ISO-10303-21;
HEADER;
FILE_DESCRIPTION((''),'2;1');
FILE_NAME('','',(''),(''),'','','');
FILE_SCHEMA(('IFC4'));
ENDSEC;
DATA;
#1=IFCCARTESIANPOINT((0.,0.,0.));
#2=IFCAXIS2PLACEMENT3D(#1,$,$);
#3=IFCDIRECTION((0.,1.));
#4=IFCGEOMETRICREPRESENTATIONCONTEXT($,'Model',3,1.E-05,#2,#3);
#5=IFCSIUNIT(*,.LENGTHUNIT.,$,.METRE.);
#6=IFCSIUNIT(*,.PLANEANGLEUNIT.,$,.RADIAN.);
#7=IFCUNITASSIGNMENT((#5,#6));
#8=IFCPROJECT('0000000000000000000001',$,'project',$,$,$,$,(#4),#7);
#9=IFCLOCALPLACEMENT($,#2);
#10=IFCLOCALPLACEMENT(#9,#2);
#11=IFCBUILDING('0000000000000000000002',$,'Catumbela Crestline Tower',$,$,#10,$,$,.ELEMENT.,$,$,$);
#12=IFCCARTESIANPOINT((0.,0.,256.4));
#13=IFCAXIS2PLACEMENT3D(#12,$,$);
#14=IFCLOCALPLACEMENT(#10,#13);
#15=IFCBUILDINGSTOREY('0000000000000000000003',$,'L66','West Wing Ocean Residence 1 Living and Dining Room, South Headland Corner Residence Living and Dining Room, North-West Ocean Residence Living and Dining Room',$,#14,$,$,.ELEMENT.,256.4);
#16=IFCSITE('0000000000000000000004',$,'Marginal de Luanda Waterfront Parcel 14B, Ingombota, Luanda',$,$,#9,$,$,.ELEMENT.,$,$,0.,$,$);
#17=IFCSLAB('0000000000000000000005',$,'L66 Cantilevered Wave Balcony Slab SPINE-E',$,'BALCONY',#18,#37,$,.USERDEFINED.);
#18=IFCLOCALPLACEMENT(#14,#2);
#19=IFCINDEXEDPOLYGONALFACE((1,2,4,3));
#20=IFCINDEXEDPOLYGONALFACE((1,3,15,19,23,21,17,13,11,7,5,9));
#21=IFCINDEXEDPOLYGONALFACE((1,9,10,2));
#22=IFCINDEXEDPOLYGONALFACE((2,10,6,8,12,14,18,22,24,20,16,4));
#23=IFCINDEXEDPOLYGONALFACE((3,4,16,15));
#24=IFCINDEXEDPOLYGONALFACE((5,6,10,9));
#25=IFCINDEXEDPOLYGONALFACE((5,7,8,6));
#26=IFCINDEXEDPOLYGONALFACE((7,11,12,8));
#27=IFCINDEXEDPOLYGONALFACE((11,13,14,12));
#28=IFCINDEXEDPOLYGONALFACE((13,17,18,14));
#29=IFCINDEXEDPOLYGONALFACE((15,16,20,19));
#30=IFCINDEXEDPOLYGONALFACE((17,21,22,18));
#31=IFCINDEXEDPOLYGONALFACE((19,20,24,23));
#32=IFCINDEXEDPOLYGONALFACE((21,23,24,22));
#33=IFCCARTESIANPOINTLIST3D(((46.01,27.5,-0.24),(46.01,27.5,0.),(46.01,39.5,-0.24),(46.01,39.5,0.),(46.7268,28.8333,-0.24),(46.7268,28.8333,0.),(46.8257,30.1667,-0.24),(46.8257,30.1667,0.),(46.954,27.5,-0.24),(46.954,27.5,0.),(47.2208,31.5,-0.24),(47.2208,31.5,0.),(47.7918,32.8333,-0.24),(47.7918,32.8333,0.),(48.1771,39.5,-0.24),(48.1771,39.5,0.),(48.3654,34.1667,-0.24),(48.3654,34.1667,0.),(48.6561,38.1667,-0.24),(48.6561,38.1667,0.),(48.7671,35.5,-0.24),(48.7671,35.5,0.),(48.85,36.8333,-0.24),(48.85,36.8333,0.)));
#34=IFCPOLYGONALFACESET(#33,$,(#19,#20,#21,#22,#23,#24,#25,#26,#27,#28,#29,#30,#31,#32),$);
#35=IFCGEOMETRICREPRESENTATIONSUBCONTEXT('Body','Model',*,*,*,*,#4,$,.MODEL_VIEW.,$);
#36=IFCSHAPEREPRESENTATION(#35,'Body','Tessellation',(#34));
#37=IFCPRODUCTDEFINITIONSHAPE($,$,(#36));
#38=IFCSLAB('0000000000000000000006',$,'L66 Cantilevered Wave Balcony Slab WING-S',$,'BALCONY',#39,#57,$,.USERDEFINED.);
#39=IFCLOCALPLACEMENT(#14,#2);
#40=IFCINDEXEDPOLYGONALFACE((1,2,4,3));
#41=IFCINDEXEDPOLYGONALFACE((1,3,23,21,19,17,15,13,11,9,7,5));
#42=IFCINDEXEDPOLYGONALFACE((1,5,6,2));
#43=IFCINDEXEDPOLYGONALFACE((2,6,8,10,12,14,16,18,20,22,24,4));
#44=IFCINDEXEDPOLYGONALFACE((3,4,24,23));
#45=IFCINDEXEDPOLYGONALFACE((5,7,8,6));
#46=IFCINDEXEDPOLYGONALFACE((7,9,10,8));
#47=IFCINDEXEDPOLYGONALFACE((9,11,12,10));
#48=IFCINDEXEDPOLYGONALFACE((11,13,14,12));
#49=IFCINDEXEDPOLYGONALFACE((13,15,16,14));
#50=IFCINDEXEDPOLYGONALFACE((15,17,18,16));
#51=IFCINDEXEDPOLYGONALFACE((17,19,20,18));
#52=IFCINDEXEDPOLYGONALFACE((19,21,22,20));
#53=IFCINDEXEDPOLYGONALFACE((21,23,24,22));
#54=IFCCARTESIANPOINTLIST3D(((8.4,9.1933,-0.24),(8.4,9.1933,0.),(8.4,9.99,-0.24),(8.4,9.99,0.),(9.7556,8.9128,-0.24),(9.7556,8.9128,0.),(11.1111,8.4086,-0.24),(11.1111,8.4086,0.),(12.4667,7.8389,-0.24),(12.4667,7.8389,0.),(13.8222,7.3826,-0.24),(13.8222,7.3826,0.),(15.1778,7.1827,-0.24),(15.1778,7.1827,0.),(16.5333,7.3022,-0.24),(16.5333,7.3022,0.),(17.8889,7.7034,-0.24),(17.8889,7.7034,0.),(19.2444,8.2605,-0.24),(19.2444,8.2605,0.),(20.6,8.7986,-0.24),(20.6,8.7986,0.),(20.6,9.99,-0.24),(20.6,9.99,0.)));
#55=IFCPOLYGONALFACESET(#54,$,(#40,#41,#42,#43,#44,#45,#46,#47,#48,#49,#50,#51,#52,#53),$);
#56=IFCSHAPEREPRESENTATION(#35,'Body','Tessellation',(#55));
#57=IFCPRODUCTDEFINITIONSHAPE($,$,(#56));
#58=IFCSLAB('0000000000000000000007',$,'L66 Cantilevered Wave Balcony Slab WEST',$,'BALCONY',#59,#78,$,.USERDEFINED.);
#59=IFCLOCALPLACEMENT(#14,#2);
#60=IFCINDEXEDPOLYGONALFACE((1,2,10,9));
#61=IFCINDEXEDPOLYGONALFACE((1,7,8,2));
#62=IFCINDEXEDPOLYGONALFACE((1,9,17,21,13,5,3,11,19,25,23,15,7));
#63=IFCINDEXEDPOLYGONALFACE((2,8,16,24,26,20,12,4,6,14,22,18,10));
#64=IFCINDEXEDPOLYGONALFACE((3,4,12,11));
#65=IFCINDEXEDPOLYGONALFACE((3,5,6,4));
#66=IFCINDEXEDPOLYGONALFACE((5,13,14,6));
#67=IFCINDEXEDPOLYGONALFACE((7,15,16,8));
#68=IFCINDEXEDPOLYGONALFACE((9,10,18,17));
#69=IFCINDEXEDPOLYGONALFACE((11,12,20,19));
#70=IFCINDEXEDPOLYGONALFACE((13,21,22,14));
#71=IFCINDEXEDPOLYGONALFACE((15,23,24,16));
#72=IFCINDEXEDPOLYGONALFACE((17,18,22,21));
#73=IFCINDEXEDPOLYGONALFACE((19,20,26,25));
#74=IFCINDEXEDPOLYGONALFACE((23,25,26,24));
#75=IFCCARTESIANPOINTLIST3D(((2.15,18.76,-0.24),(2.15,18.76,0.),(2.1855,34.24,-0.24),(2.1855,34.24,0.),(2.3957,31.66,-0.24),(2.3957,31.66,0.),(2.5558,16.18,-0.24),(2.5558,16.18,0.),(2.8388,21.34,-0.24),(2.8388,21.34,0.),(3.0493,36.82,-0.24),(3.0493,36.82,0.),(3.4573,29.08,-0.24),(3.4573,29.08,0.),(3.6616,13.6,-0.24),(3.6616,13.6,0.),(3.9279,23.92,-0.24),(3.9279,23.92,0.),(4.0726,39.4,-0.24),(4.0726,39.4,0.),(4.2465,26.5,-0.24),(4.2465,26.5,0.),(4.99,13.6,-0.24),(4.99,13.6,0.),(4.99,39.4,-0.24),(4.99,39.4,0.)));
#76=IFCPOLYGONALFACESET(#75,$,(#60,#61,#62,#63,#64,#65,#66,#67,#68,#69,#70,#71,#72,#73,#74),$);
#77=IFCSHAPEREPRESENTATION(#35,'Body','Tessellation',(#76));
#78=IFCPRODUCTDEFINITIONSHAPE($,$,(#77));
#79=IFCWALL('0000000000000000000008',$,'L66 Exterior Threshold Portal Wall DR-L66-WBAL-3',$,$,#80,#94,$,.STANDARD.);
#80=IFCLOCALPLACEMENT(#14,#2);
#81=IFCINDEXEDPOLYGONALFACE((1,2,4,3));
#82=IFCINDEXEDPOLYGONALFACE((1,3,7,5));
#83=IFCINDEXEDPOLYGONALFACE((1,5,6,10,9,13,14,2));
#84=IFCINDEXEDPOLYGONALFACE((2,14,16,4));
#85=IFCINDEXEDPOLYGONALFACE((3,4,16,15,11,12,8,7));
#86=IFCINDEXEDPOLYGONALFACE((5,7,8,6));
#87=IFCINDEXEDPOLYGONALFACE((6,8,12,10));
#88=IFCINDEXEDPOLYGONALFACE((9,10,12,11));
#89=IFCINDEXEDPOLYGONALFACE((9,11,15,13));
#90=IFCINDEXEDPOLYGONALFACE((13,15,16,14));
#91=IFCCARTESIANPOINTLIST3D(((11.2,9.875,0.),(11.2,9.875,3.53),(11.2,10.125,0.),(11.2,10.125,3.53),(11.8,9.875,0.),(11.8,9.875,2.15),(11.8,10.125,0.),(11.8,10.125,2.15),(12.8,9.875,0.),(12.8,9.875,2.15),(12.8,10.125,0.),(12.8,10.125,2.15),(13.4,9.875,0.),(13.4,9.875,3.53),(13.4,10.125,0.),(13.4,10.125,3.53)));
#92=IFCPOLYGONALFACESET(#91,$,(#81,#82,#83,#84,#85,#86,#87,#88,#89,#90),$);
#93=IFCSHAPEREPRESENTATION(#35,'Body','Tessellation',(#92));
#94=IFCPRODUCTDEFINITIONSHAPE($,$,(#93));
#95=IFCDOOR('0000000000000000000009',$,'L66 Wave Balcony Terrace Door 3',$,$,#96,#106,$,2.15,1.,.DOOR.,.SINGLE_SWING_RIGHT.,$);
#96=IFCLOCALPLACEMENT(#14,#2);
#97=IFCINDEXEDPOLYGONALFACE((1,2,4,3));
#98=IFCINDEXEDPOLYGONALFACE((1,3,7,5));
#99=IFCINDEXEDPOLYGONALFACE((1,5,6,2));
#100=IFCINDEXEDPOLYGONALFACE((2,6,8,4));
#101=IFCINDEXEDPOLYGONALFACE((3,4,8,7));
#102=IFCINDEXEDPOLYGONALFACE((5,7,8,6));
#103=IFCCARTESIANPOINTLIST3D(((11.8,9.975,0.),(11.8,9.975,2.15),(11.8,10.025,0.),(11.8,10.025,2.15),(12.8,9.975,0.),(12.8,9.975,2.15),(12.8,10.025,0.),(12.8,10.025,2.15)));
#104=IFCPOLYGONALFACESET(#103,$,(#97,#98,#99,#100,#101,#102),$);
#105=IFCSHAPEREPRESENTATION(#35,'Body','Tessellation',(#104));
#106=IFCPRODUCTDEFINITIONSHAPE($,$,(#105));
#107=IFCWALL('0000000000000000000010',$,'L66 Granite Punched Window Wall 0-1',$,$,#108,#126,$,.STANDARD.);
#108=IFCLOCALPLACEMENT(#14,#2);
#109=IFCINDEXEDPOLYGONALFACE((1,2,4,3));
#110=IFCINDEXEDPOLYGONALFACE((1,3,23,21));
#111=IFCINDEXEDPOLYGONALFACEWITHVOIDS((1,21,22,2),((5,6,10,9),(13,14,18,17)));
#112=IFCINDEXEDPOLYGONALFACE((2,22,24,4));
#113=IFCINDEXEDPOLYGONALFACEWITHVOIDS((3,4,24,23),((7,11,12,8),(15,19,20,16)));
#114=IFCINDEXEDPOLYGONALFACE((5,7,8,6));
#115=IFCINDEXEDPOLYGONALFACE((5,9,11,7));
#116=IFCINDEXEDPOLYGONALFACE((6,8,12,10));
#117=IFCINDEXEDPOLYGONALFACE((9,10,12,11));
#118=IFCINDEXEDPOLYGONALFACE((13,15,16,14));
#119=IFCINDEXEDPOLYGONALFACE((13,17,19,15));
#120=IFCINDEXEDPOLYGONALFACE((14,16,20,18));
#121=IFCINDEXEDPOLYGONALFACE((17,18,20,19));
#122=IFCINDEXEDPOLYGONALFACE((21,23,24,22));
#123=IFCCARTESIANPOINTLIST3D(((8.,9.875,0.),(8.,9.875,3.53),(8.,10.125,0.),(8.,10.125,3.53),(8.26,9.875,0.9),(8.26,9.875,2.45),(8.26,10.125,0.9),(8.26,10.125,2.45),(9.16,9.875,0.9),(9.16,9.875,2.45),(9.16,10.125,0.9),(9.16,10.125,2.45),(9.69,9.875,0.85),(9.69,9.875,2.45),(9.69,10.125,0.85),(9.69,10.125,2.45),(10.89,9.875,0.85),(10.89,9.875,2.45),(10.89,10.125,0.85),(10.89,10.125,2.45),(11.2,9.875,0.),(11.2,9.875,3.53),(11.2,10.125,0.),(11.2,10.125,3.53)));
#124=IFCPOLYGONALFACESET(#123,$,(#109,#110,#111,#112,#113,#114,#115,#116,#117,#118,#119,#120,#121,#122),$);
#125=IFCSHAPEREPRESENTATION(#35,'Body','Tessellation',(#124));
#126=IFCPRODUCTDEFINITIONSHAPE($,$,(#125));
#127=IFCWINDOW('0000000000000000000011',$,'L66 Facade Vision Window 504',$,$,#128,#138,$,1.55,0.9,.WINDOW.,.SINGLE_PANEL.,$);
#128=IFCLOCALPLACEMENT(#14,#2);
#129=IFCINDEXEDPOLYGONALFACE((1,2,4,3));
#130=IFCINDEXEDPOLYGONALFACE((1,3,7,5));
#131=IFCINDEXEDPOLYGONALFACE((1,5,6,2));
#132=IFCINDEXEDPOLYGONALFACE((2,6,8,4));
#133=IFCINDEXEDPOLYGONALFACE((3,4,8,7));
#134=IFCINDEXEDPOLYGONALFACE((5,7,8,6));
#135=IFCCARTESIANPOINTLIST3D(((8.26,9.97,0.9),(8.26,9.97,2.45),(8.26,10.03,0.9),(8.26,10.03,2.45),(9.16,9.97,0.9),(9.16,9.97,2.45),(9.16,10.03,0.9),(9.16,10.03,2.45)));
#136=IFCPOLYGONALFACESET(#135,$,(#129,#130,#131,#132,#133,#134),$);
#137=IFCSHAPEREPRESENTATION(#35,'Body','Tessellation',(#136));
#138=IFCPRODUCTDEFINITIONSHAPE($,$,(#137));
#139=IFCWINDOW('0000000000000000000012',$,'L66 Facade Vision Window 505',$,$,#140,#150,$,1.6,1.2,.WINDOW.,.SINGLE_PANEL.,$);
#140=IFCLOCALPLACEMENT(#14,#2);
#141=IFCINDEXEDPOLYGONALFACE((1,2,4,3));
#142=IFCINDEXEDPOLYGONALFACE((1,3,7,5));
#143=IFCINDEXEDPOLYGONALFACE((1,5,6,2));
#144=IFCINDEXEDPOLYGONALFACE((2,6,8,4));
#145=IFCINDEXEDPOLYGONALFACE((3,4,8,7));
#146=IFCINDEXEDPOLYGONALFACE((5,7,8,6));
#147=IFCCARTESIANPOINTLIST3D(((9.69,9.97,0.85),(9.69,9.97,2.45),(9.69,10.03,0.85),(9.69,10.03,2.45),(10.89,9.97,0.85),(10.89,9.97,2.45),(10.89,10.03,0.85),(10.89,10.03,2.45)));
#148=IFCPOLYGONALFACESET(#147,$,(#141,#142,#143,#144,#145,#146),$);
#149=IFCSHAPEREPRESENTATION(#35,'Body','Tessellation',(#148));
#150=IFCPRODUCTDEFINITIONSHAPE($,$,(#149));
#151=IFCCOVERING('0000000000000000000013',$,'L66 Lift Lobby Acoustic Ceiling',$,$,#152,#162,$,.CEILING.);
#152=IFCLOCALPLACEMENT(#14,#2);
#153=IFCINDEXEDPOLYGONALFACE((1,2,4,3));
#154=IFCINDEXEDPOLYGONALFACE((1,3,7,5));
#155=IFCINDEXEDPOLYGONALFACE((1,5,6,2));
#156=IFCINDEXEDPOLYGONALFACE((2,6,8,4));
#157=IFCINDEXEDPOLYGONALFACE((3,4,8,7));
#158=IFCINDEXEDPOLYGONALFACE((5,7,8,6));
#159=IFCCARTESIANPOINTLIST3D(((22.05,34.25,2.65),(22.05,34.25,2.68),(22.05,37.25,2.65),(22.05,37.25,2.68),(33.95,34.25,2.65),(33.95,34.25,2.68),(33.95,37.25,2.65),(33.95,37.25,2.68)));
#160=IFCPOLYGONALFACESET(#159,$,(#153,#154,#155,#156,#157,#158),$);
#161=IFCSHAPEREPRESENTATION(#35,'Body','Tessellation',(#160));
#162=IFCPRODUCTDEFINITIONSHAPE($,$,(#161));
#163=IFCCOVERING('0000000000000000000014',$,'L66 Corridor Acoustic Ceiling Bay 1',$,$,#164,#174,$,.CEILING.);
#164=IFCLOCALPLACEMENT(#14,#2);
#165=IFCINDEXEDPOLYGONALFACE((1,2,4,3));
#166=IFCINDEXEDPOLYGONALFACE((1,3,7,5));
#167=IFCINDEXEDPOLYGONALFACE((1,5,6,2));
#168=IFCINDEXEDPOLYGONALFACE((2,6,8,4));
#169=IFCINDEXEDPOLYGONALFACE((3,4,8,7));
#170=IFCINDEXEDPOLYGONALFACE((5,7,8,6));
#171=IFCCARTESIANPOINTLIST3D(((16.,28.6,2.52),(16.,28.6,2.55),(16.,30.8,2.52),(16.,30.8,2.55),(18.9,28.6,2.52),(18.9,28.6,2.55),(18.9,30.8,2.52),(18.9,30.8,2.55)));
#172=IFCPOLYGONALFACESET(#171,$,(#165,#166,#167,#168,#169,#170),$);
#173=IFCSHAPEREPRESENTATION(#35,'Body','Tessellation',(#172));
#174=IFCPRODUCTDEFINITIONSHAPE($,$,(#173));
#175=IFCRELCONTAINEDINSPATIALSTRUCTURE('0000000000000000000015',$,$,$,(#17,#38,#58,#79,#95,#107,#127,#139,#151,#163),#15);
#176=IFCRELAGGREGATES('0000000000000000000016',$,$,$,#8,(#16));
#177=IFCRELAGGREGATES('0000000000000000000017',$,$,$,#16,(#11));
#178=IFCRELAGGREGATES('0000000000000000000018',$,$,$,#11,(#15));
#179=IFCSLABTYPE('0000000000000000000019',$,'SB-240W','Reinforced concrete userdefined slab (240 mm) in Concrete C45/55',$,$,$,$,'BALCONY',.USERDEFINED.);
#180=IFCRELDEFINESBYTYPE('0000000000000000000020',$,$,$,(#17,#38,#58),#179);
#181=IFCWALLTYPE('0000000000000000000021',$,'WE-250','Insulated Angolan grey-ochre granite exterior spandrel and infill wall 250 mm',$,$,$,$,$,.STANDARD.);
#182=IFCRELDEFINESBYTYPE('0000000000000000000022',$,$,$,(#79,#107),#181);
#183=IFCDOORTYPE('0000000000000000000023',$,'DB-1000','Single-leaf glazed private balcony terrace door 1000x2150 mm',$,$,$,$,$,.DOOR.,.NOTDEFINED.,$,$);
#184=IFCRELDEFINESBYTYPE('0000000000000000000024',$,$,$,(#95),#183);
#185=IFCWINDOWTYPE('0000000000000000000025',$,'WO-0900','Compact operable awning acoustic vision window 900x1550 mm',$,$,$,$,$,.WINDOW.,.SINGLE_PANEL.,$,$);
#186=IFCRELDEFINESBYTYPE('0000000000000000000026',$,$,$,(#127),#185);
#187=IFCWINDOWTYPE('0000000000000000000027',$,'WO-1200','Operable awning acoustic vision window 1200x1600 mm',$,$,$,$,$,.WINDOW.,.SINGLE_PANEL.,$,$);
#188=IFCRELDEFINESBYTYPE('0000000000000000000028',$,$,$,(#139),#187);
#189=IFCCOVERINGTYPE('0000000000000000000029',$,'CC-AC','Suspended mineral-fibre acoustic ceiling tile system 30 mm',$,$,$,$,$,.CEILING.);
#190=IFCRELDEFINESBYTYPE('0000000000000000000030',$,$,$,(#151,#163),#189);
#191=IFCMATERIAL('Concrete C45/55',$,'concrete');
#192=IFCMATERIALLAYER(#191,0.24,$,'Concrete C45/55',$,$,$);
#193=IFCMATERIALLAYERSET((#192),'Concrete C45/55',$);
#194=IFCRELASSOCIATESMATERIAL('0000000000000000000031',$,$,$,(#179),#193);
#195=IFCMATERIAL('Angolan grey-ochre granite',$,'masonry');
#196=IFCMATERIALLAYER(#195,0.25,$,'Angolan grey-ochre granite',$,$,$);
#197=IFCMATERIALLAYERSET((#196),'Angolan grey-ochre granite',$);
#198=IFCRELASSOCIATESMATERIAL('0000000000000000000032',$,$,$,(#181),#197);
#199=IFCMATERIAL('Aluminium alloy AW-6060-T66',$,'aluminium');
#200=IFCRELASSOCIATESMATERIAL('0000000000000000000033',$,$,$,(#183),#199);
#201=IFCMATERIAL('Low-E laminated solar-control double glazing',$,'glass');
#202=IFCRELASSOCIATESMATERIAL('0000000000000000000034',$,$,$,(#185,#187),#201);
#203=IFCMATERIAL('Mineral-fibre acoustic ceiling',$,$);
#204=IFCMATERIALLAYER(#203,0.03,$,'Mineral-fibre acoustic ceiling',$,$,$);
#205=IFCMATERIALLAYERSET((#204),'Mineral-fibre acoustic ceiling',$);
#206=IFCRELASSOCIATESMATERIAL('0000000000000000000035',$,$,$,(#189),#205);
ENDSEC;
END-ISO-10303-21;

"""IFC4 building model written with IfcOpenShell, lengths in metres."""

from ifc_helpers import new_model, si_unit, direction, frame, frame_2d, origin, place, context, subcontext, project, spatial, polyline, rectangle, outline, extrude, material, layer, layer_set, type_object, element, fill, save


model = new_model("IFC4")

# Units and contexts
model_context = context("Model", 3, precision=1e-05, world=origin(), true_north=direction((0.0, 1.0)))
body_context = subcontext(model_context, "Body", "Model", "MODEL_VIEW")
ifc_project = project(units=[si_unit("LENGTHUNIT", "METRE"), si_unit("PLANEANGLEUNIT", "RADIAN")], contexts=[model_context])

# Site, building, storey
site_placement = place(None, origin())
site = spatial("IfcSite", under=ifc_project, at=site_placement, Name="Marginal de Luanda Waterfront Parcel 14B, Ingombota, Luanda", CompositionType="ELEMENT", RefElevation=0.0)
building_placement = place(site_placement, origin())
building = spatial("IfcBuilding", under=site, at=building_placement, Name="Catumbela Crestline Tower", CompositionType="ELEMENT")
storey_placement = place(building_placement, frame((0.0, 0.0, 256.4)))
storey = spatial("IfcBuildingStorey", under=building, at=storey_placement, Name="L66", Description="West Wing Ocean Residence 1 Living and Dining Room, South Headland Corner Residence Living and Dining Room, North-West Ocean Residence Living and Dining Room", CompositionType="ELEMENT", Elevation=256.4)

# Shared definitions
ifc_material_1 = material(Name="Aluminium alloy AW-6060-T66", Category="aluminium")
ifc_material_2 = material(Name="Low-E laminated solar-control double glazing", Category="glass")

# Shared definitions
ifc_material_3 = material(Name="Concrete C45/55", Category="concrete")

# Slabs
ifc_layer_1 = layer(ifc_material_3, 0.24, Name="Concrete C45/55")
ifc_layer_set_1 = layer_set([ifc_layer_1], Name="Concrete C45/55")
slab_type_1 = type_object("IfcSlabType", Name="SB-240W", Description="Reinforced concrete userdefined slab (240 mm) in Concrete C45/55", ElementType="BALCONY", PredefinedType="USERDEFINED", material=ifc_layer_set_1)
slab_1_placement = place(storey_placement, frame((0.0, 0.0, -0.24)))
element("IfcSlab", 1, at=slab_1_placement, inside=storey, type_object=slab_type_1, Name="L66 Cantilevered Wave Balcony Slab SPINE-E", ObjectType="BALCONY", PredefinedType="USERDEFINED", context=body_context, shape_type="SweptSolid", body=[
    extrude(outline(polyline([(46.01, 27.5), (46.954, 27.5), (46.7268, 28.8333), (46.8257, 30.1667), (47.2208, 31.5), (47.7918, 32.8333), (48.3654, 34.1667), (48.7671, 35.5), (48.85, 36.8333), (48.6561, 38.1667), (48.1771, 39.5), (46.01, 39.5), (46.01, 27.5)])), origin(), (0.0, 0.0, 1.0), 0.24),
])
slab_2_placement = place(storey_placement, frame((0.0, 0.0, -0.24)))
element("IfcSlab", 2, at=slab_2_placement, inside=storey, type_object=slab_type_1, Name="L66 Cantilevered Wave Balcony Slab WING-S", ObjectType="BALCONY", PredefinedType="USERDEFINED", context=body_context, shape_type="SweptSolid", body=[
    extrude(outline(polyline([(8.4, 9.1933), (9.7556, 8.9128), (11.1111, 8.4086), (12.4667, 7.8389), (13.8222, 7.3826), (15.1778, 7.1827), (16.5333, 7.3022), (17.8889, 7.7034), (19.2444, 8.2605), (20.6, 8.7986), (20.6, 9.99), (8.4, 9.99), (8.4, 9.1933)])), origin(), (0.0, 0.0, 1.0), 0.24),
])
slab_3_placement = place(storey_placement, frame((0.0, 0.0, -0.24)))
element("IfcSlab", 3, at=slab_3_placement, inside=storey, type_object=slab_type_1, Name="L66 Cantilevered Wave Balcony Slab WEST", ObjectType="BALCONY", PredefinedType="USERDEFINED", context=body_context, shape_type="SweptSolid", body=[
    extrude(outline(polyline([(4.99, 39.4), (4.0726, 39.4), (3.0493, 36.82), (2.1855, 34.24), (2.3957, 31.66), (3.4573, 29.08), (4.2465, 26.5), (3.9279, 23.92), (2.8388, 21.34), (2.15, 18.76), (2.5558, 16.18), (3.6616, 13.6), (4.99, 13.6), (4.99, 39.4)])), origin(), (0.0, 0.0, 1.0), 0.24),
])

# Wall, opening, door
ifc_material_4 = material(Name="Angolan grey-ochre granite", Category="masonry")
ifc_layer_2 = layer(ifc_material_4, 0.25, Name="Angolan grey-ochre granite")
ifc_layer_set_2 = layer_set([ifc_layer_2], Name="Angolan grey-ochre granite")
wall_type = type_object("IfcWallType", Name="WE-250", Description="Insulated Angolan grey-ochre granite exterior spandrel and infill wall 250 mm", PredefinedType="STANDARD", material=ifc_layer_set_2)
wall_1_placement = place(storey_placement, frame((11.2, 10.0, 0.0), z_axis=(0.0, 0.0, 1.0), x_axis=(1.0, 0.0, 0.0)))
wall_1 = element("IfcWall", 4, at=wall_1_placement, inside=storey, type_object=wall_type, Name="L66 Exterior Threshold Portal Wall DR-L66-WBAL-3", PredefinedType="STANDARD", context=body_context, shape_type="SweptSolid", body=[
    extrude(rectangle(XDim=2.2, YDim=0.25, at=frame_2d((1.1, 0.0))), origin(), (0.0, 0.0, 1.0), 3.53),
])
opening_1_placement = place(wall_1_placement, frame((0.6, 0.0, 0.0)))
opening_1 = element("IfcOpeningElement", 5, at=opening_1_placement, cuts=wall_1, PredefinedType="OPENING", context=body_context, shape_type="SweptSolid", body=[
    extrude(rectangle(XDim=1.0, YDim=2.15, at=frame_2d((0.5, 1.075))), frame((0.0, 0.135, 0.0), z_axis=(0.0, -1.0, 0.0), x_axis=(1.0, 0.0, 0.0)), (0.0, 0.0, 1.0), 0.27),
])
door_type = type_object("IfcDoorType", Name="DB-1000", Description="Single-leaf glazed private balcony terrace door 1000x2150 mm", OperationType="NOTDEFINED", PredefinedType="DOOR", material=ifc_material_1)
door_placement = place(opening_1_placement, origin())
door = element("IfcDoor", 6, at=door_placement, inside=storey, type_object=door_type, Name="L66 Wave Balcony Terrace Door 3", OperationType="SINGLE_SWING_RIGHT", OverallHeight=2.15, OverallWidth=1.0, PredefinedType="DOOR", context=body_context, shape_type="SweptSolid", body=[
    extrude(rectangle(XDim=1.0, YDim=2.15, at=frame_2d((0.5, 1.075))), frame((0.0, 0.025, 0.0), z_axis=(0.0, -1.0, 0.0), x_axis=(1.0, 0.0, 0.0)), (0.0, 0.0, 1.0), 0.05),
])
fill(opening_1, door)

# Wall, openings, windows
wall_2_placement = place(storey_placement, frame((8.0, 10.0, 0.0), z_axis=(0.0, 0.0, 1.0), x_axis=(1.0, 0.0, 0.0)))
wall_2 = element("IfcWall", 7, at=wall_2_placement, inside=storey, type_object=wall_type, Name="L66 Granite Punched Window Wall 0-1", PredefinedType="STANDARD", context=body_context, shape_type="SweptSolid", body=[
    extrude(rectangle(XDim=3.2, YDim=0.25, at=frame_2d((1.6, 0.0))), origin(), (0.0, 0.0, 1.0), 3.53),
])
opening_2_placement = place(wall_2_placement, frame((0.26, 0.0, 0.9)))
opening_2 = element("IfcOpeningElement", 8, at=opening_2_placement, cuts=wall_2, PredefinedType="OPENING", context=body_context, shape_type="SweptSolid", body=[
    extrude(rectangle(XDim=0.9, YDim=1.55, at=frame_2d((0.45, 0.775))), frame((0.0, 0.135, 0.0), z_axis=(0.0, -1.0, 0.0), x_axis=(1.0, 0.0, 0.0)), (0.0, 0.0, 1.0), 0.27),
])
opening_3_placement = place(wall_2_placement, frame((1.69, 0.0, 0.85)))
opening_3 = element("IfcOpeningElement", 9, at=opening_3_placement, cuts=wall_2, PredefinedType="OPENING", context=body_context, shape_type="SweptSolid", body=[
    extrude(rectangle(XDim=1.2, YDim=1.6, at=frame_2d((0.6, 0.8))), frame((0.0, 0.135, 0.0), z_axis=(0.0, -1.0, 0.0), x_axis=(1.0, 0.0, 0.0)), (0.0, 0.0, 1.0), 0.27),
])
window_type_1 = type_object("IfcWindowType", Name="WO-0900", Description="Compact operable awning acoustic vision window 900x1550 mm", PartitioningType="SINGLE_PANEL", PredefinedType="WINDOW", material=ifc_material_2)
window_1_placement = place(opening_2_placement, origin())
window_1 = element("IfcWindow", 10, at=window_1_placement, inside=storey, type_object=window_type_1, Name="L66 Facade Vision Window 504", OverallHeight=1.55, OverallWidth=0.9, PartitioningType="SINGLE_PANEL", PredefinedType="WINDOW", context=body_context, shape_type="SweptSolid", body=[
    extrude(rectangle(XDim=0.9, YDim=1.55, at=frame_2d((0.45, 0.775))), frame((0.0, 0.03, 0.0), z_axis=(0.0, -1.0, 0.0), x_axis=(1.0, 0.0, 0.0)), (0.0, 0.0, 1.0), 0.06),
])
fill(opening_2, window_1)
window_type_2 = type_object("IfcWindowType", Name="WO-1200", Description="Operable awning acoustic vision window 1200x1600 mm", PartitioningType="SINGLE_PANEL", PredefinedType="WINDOW", material=ifc_material_2)
window_2_placement = place(opening_3_placement, origin())
window_2 = element("IfcWindow", 11, at=window_2_placement, inside=storey, type_object=window_type_2, Name="L66 Facade Vision Window 505", OverallHeight=1.6, OverallWidth=1.2, PartitioningType="SINGLE_PANEL", PredefinedType="WINDOW", context=body_context, shape_type="SweptSolid", body=[
    extrude(rectangle(XDim=1.2, YDim=1.6, at=frame_2d((0.6, 0.8))), frame((0.0, 0.03, 0.0), z_axis=(0.0, -1.0, 0.0), x_axis=(1.0, 0.0, 0.0)), (0.0, 0.0, 1.0), 0.06),
])
fill(opening_3, window_2)

# Coverings
ifc_material_5 = material(Name="Mineral-fibre acoustic ceiling")
ifc_layer_3 = layer(ifc_material_5, 0.03, Name="Mineral-fibre acoustic ceiling")
ifc_layer_set_3 = layer_set([ifc_layer_3], Name="Mineral-fibre acoustic ceiling")
covering_type_1 = type_object("IfcCoveringType", Name="CC-AC", Description="Suspended mineral-fibre acoustic ceiling tile system 30 mm", PredefinedType="CEILING", material=ifc_layer_set_3)
covering_1_placement = place(storey_placement, frame((0.0, 0.0, 2.65)))
element("IfcCovering", 12, at=covering_1_placement, inside=storey, type_object=covering_type_1, Name="L66 Lift Lobby Acoustic Ceiling", PredefinedType="CEILING", context=body_context, shape_type="SweptSolid", body=[
    extrude(outline(polyline([(22.05, 34.25), (33.95, 34.25), (33.95, 37.25), (22.05, 37.25), (22.05, 34.25)])), origin(), (0.0, 0.0, 1.0), 0.03),
])
covering_2_placement = place(storey_placement, frame((0.0, 0.0, 2.52)))
element("IfcCovering", 13, at=covering_2_placement, inside=storey, type_object=covering_type_1, Name="L66 Corridor Acoustic Ceiling Bay 1", PredefinedType="CEILING", context=body_context, shape_type="SweptSolid", body=[
    extrude(outline(polyline([(16.0, 28.6), (18.9, 28.6), (18.9, 30.8), (16.0, 30.8), (16.0, 28.6)])), origin(), (0.0, 0.0, 1.0), 0.03),
])

save(model, "model.ifc")
